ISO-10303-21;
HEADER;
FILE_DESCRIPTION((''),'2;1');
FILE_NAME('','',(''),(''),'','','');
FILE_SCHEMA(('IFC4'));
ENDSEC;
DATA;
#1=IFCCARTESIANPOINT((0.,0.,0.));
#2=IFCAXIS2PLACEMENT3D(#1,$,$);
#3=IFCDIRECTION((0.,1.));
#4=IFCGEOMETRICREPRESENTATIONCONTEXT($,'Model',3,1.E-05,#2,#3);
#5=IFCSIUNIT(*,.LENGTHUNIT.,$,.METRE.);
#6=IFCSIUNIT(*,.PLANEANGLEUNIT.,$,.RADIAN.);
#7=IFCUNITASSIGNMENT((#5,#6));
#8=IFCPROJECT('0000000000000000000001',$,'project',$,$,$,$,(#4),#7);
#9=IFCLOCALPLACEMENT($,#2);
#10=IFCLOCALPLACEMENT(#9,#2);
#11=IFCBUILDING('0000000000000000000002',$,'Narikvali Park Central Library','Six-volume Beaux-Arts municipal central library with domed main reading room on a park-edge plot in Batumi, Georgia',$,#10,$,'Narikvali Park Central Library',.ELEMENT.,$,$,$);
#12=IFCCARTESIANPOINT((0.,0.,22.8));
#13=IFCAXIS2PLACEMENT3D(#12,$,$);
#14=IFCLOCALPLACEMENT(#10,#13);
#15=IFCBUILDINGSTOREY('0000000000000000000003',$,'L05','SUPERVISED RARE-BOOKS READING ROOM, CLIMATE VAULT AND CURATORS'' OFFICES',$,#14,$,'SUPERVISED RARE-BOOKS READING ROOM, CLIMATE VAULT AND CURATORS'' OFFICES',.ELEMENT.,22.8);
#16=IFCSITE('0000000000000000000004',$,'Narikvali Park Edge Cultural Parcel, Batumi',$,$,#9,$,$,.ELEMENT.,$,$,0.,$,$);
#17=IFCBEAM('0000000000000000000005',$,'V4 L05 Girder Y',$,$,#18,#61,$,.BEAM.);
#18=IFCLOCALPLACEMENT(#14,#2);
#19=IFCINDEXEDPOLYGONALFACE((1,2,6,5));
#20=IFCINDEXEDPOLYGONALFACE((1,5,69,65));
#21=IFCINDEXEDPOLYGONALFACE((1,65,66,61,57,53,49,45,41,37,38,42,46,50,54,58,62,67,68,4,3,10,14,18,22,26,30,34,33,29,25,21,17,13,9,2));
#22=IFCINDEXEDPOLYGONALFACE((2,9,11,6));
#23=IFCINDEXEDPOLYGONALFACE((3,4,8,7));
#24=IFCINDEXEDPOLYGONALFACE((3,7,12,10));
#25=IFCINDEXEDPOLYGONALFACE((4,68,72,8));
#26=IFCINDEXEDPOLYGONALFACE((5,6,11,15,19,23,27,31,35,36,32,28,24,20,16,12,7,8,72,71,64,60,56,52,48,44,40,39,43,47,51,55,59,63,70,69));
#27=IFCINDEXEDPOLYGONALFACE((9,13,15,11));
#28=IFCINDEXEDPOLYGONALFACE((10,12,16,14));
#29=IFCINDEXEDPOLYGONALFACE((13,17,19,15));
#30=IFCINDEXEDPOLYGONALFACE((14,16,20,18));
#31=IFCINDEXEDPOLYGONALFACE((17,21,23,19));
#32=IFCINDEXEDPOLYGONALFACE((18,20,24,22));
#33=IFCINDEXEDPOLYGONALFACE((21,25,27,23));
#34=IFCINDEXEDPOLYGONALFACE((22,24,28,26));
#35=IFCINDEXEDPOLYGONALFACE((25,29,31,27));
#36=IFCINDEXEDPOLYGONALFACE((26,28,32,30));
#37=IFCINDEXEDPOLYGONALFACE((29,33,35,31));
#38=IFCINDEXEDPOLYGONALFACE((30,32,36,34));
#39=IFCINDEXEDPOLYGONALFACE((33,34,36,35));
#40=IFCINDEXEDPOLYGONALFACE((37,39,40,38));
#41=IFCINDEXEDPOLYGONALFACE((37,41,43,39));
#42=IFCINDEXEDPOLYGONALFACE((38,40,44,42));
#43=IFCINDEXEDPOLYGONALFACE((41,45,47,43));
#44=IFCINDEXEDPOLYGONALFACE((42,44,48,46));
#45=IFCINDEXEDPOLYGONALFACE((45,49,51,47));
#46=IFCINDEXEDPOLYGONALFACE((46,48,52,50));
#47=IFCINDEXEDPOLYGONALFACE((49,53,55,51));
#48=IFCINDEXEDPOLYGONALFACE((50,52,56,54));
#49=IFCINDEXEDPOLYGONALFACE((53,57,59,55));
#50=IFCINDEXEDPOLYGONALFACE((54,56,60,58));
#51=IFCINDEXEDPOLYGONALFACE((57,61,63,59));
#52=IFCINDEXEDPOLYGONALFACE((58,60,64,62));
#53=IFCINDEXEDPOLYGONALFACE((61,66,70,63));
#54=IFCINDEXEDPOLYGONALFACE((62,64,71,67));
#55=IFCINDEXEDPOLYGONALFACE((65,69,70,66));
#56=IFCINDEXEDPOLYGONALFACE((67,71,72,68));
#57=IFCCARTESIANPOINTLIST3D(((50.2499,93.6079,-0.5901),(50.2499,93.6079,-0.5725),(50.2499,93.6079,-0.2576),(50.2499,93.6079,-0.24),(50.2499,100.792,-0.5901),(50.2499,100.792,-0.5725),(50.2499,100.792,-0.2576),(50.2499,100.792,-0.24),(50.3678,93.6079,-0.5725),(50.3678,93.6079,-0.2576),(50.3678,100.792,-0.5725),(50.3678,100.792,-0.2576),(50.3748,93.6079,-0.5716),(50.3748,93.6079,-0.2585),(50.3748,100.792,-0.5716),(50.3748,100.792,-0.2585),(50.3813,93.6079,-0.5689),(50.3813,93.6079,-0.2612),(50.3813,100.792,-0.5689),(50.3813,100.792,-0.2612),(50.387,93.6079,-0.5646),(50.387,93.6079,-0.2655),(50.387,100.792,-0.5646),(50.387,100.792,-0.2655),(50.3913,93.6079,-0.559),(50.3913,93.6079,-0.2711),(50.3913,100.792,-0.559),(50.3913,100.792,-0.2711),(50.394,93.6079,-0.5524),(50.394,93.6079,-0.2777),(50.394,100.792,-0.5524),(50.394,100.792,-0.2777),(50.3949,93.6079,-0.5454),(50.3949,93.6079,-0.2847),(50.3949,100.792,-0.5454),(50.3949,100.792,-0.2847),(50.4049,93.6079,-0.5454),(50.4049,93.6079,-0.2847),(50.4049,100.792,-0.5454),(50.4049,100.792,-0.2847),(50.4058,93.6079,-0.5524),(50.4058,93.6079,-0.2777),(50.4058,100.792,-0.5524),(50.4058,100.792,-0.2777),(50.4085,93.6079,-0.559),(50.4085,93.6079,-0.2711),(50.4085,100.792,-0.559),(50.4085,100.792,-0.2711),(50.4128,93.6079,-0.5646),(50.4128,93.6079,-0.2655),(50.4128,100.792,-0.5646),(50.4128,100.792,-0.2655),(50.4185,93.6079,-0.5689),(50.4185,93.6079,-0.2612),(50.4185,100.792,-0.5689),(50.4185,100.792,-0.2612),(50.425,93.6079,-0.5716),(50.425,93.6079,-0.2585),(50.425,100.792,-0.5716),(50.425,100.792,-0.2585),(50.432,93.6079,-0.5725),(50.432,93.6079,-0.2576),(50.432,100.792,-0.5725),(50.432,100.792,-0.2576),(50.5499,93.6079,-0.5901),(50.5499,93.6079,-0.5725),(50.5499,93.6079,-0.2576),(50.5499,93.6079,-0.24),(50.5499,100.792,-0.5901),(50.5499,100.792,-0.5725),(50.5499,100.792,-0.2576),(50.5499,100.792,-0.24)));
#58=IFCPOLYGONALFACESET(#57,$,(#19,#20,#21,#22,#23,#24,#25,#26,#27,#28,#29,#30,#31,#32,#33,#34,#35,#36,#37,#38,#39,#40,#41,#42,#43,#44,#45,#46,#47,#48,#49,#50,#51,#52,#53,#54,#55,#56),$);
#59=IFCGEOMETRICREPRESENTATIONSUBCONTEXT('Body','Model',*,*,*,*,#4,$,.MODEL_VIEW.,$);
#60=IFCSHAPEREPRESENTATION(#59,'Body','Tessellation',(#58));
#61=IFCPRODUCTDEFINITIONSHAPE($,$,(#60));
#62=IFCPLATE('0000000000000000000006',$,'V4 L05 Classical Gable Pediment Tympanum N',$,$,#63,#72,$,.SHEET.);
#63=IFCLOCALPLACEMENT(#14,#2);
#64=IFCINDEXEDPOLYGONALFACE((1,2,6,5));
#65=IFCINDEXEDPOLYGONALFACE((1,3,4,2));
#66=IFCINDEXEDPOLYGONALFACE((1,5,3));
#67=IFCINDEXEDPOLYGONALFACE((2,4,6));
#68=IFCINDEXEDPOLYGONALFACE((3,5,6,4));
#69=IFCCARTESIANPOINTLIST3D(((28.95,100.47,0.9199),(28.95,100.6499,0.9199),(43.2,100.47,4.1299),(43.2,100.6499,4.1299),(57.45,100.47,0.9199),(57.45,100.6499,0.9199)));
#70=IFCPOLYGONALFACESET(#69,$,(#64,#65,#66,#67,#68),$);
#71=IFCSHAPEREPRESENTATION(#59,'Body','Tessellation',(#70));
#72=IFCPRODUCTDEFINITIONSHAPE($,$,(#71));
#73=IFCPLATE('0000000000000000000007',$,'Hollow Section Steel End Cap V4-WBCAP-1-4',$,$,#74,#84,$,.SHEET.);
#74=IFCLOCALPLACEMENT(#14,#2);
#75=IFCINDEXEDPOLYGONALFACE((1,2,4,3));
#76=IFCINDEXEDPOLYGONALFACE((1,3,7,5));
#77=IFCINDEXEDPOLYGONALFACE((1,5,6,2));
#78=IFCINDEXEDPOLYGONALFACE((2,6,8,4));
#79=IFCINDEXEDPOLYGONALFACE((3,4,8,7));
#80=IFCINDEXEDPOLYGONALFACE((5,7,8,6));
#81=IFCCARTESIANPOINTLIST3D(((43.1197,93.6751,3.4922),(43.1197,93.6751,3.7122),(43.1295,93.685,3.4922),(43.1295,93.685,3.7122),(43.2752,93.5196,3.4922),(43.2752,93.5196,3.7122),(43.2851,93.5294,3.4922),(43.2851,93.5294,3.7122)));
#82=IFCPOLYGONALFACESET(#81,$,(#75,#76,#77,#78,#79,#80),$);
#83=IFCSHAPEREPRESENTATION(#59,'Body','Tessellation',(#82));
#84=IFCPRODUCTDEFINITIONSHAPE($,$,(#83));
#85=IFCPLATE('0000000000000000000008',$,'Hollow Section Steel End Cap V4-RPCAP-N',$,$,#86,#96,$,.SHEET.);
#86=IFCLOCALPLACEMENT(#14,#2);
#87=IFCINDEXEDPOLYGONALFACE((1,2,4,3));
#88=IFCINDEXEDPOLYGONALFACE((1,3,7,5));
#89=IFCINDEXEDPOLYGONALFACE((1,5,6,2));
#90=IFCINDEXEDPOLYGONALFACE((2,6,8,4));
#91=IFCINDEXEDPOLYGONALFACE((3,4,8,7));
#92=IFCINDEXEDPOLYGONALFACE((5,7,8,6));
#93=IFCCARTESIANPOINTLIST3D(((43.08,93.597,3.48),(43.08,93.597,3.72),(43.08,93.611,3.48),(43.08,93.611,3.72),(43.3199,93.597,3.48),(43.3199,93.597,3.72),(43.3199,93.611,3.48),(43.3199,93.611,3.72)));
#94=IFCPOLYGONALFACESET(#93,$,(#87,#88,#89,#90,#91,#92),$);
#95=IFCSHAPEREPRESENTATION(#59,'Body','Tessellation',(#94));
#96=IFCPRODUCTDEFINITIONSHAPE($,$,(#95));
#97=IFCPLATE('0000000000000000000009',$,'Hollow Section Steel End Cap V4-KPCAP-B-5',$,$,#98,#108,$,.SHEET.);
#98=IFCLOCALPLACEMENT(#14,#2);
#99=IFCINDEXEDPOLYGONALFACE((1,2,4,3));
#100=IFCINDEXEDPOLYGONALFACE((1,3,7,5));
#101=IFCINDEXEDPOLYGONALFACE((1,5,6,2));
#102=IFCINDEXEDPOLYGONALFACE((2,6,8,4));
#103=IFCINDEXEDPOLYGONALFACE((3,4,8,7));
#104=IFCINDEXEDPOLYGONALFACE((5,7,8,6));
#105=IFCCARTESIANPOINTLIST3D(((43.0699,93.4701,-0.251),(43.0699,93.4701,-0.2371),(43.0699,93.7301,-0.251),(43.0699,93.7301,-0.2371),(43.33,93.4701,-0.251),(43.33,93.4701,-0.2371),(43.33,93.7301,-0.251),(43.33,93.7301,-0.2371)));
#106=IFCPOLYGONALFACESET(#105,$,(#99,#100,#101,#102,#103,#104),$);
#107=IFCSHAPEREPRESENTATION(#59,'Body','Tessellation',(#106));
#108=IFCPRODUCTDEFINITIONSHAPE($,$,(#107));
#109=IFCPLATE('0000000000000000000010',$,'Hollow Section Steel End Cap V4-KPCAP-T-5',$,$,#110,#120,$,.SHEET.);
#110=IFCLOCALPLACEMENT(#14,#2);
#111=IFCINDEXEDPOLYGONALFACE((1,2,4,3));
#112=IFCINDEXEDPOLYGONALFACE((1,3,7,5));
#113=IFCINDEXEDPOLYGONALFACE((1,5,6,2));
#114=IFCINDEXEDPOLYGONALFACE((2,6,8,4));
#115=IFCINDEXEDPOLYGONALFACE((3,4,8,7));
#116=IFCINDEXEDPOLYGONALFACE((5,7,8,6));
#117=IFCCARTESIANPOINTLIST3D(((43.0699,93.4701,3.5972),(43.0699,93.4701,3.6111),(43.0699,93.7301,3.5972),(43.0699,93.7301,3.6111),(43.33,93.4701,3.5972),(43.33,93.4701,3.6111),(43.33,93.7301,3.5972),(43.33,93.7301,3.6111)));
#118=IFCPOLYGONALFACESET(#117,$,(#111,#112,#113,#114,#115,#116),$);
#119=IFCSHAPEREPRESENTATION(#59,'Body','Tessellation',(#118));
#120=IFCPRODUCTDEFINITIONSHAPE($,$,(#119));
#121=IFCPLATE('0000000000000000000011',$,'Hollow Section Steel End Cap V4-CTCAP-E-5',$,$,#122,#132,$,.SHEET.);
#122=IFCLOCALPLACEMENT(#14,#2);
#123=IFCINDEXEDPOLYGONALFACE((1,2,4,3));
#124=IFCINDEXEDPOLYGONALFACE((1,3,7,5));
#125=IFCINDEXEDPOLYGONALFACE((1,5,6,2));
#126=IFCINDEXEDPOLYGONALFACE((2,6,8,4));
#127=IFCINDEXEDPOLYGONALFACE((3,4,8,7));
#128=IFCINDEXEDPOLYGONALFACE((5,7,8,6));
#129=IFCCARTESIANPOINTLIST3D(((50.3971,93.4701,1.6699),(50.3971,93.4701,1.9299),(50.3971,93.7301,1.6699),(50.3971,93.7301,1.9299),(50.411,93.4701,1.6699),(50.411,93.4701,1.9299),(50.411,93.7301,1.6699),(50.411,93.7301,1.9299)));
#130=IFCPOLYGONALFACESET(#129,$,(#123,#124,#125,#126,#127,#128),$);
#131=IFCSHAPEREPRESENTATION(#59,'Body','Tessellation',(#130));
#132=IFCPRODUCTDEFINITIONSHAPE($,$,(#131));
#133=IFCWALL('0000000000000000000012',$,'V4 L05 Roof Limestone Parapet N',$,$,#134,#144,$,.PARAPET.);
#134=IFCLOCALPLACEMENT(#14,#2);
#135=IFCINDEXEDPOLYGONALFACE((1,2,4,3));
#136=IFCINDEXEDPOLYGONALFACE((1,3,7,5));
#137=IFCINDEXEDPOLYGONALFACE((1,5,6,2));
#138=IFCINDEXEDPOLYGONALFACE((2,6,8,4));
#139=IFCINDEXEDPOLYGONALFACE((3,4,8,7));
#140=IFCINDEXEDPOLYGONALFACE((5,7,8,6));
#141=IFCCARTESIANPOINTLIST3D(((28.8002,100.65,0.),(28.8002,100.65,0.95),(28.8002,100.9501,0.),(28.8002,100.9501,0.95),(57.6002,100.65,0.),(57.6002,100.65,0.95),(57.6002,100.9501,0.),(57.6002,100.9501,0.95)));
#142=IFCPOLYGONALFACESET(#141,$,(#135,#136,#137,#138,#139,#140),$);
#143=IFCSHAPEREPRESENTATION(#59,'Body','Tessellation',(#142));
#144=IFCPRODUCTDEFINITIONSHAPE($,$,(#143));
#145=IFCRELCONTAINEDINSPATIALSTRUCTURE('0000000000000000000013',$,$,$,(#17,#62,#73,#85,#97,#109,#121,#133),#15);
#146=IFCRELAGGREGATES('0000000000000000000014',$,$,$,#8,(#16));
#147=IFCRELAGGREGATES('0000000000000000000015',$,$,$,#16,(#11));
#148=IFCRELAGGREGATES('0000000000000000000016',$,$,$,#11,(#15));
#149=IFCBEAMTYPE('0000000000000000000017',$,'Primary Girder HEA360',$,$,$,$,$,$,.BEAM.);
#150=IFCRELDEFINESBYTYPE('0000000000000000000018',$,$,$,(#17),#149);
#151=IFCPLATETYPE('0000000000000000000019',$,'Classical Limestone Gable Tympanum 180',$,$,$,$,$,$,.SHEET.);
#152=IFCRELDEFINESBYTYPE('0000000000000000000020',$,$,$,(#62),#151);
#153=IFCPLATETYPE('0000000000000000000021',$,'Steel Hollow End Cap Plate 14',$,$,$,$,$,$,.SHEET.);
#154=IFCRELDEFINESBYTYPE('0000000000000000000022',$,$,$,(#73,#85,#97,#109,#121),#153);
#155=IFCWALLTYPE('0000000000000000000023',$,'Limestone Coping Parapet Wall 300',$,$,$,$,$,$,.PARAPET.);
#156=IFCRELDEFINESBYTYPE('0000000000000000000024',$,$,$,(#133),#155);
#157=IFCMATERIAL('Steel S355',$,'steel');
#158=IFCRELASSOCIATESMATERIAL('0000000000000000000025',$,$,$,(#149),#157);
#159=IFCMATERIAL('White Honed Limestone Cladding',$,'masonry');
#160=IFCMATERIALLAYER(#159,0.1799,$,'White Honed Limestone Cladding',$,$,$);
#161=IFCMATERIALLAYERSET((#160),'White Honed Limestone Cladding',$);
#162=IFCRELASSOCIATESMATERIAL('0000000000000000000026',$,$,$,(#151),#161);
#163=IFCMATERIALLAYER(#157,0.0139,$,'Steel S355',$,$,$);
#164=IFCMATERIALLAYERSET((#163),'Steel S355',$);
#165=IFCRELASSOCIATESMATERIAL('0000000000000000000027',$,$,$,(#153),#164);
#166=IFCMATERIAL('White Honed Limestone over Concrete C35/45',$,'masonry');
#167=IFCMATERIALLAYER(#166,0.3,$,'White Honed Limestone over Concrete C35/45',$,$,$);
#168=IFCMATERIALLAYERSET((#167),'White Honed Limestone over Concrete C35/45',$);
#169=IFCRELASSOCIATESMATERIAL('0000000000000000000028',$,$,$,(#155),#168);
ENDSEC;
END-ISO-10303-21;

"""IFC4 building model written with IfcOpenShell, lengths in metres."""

from ifc_helpers import new_model, si_unit, direction, frame, frame_2d, origin, origin_2d, place, context, subcontext, project, spatial, polyline, rectangle, i_section, outline, extrude, material, layer, layer_set, material_profile, profile_set, type_object, element, save


model = new_model("IFC4")

# Units and contexts
model_context = context("Model", 3, precision=1e-05, world=origin(), true_north=direction((0.0, 1.0)))
body_context = subcontext(model_context, "Body", "Model", "MODEL_VIEW")
ifc_project = project(units=[si_unit("LENGTHUNIT", "METRE"), si_unit("PLANEANGLEUNIT", "RADIAN")], contexts=[model_context])

# Site, building, storey
site_placement = place(None, origin())
site = spatial("IfcSite", under=ifc_project, at=site_placement, Name="Narikvali Park Edge Cultural Parcel, Batumi", CompositionType="ELEMENT", RefElevation=0.0)
building_placement = place(site_placement, origin())
building = spatial("IfcBuilding", under=site, at=building_placement, Name="Narikvali Park Central Library", Description="Six-volume Beaux-Arts municipal central library with domed main reading room on a park-edge plot in Batumi, Georgia", LongName="Narikvali Park Central Library", CompositionType="ELEMENT")
storey_placement = place(building_placement, frame((0.0, 0.0, 22.8)))
storey = spatial("IfcBuildingStorey", under=building, at=storey_placement, Name="L05", Description="SUPERVISED RARE-BOOKS READING ROOM, CLIMATE VAULT AND CURATORS' OFFICES", LongName="SUPERVISED RARE-BOOKS READING ROOM, CLIMATE VAULT AND CURATORS' OFFICES", CompositionType="ELEMENT", Elevation=22.8)

# Shared definitions
ifc_material_1 = material(Name="Steel S355", Category="steel")

# Beam
ifc_material_profile_1 = material_profile(ifc_material_1, i_section(OverallWidth=0.3, OverallDepth=0.3501, WebThickness=0.01, FlangeThickness=0.0176, FilletRadius=0.0271, at=origin_2d()), Name="HEA 360")
ifc_profile_set_1 = profile_set([ifc_material_profile_1], Name="Steel S355")
beam_type_1 = type_object("IfcBeamType", Name="Primary Girder HEA360", PredefinedType="BEAM", material=ifc_profile_set_1)
for number, where, z_axis, x_axis, name in (
    (1, (50.3999, 93.6079, -0.415), (0.0, 1.0, 0.0), (-1.0, 0.0, 0.0), "V4 L05 Girder Y"),
):
    element("IfcBeam", number, at=place(storey_placement, frame(where, z_axis=z_axis, x_axis=x_axis)), inside=storey, type_object=beam_type_1, Name=name, PredefinedType="BEAM", context=body_context, shape_type="SweptSolid", body=[
        extrude(i_section(OverallWidth=0.3, OverallDepth=0.3501, WebThickness=0.01, FlangeThickness=0.0176, FilletRadius=0.0271, at=origin_2d()), origin(), (0.0, 0.0, 1.0), 7.1841),
    ])

# Plates
ifc_material_2 = material(Name="White Honed Limestone Cladding", Category="masonry")
ifc_layer_1 = layer(ifc_material_2, 0.1799, Name="White Honed Limestone Cladding")
ifc_layer_set_1 = layer_set([ifc_layer_1], Name="White Honed Limestone Cladding")
plate_type_1 = type_object("IfcPlateType", Name="Classical Limestone Gable Tympanum 180", PredefinedType="SHEET", material=ifc_layer_set_1)
plate_1_placement = place(storey_placement, frame((57.45, 100.6499, 0.9199), z_axis=(0.0, 1.0, 0.0), x_axis=(-1.0, 0.0, 0.0)))
element("IfcPlate", 2, at=plate_1_placement, inside=storey, type_object=plate_type_1, Name="V4 L05 Classical Gable Pediment Tympanum N", PredefinedType="SHEET", context=body_context, shape_type="SweptSolid", body=[
    extrude(outline(polyline([(0.0, 0.0), (28.5, 0.0), (14.25, 3.21), (0.0, 0.0)])), origin(), (0.0, 0.0, -1.0), 0.1799),
])
ifc_layer_2 = layer(ifc_material_1, 0.0139, Name="Steel S355")
ifc_layer_set_2 = layer_set([ifc_layer_2], Name="Steel S355")
plate_type_2 = type_object("IfcPlateType", Name="Steel Hollow End Cap Plate 14", PredefinedType="SHEET", material=ifc_layer_set_2)
plate_2_placement = place(storey_placement, frame((43.2024, 93.6023, 3.4922), z_axis=(0.0, 0.0, 1.0), x_axis=(0.707107, -0.707107, 0.0)))
element("IfcPlate", 3, at=plate_2_placement, inside=storey, type_object=plate_type_2, Name="Hollow Section Steel End Cap V4-WBCAP-1-4", PredefinedType="SHEET", context=body_context, shape_type="SweptSolid", body=[
    extrude(rectangle(XDim=0.22, YDim=0.0139, at=origin_2d()), origin(), (0.0, 0.0, 1.0), 0.22),
])
plate_3_placement = place(storey_placement, frame((43.2, 93.604, 3.48), z_axis=(0.0, 0.0, 1.0), x_axis=(1.0, 0.0, 0.0)))
element("IfcPlate", 4, at=plate_3_placement, inside=storey, type_object=plate_type_2, Name="Hollow Section Steel End Cap V4-RPCAP-N", PredefinedType="SHEET", context=body_context, shape_type="SweptSolid", body=[
    extrude(rectangle(XDim=0.24, YDim=0.0139, at=origin_2d()), origin(), (0.0, 0.0, 1.0), 0.24),
])
for number, where, z_axis, x_axis, name in (
    (5, (43.2, 93.6001, -0.251), (0.0, 0.0, 1.0), (1.0, 0.0, 0.0), "Hollow Section Steel End Cap V4-KPCAP-B-5"),
    (6, (43.2, 93.6001, 3.5972), (0.0, 0.0, 1.0), (1.0, 0.0, 0.0), "Hollow Section Steel End Cap V4-KPCAP-T-5"),
):
    element("IfcPlate", number, at=place(storey_placement, frame(where, z_axis=z_axis, x_axis=x_axis)), inside=storey, type_object=plate_type_2, Name=name, PredefinedType="SHEET", context=body_context, shape_type="SweptSolid", body=[
        extrude(rectangle(XDim=0.26, YDim=0.26, at=origin_2d()), origin(), (0.0, 0.0, 1.0), 0.0139),
    ])
plate_4_placement = place(storey_placement, frame((50.4041, 93.6001, 1.6699), z_axis=(0.0, 0.0, 1.0), x_axis=(1.0, 0.0, 0.0)))
element("IfcPlate", 7, at=plate_4_placement, inside=storey, type_object=plate_type_2, Name="Hollow Section Steel End Cap V4-CTCAP-E-5", PredefinedType="SHEET", context=body_context, shape_type="SweptSolid", body=[
    extrude(rectangle(XDim=0.0139, YDim=0.26, at=origin_2d()), origin(), (0.0, 0.0, 1.0), 0.26),
])

# Wall
ifc_material_3 = material(Name="White Honed Limestone over Concrete C35/45", Category="masonry")
ifc_layer_3 = layer(ifc_material_3, 0.3, Name="White Honed Limestone over Concrete C35/45")
ifc_layer_set_3 = layer_set([ifc_layer_3], Name="White Honed Limestone over Concrete C35/45")
wall_type = type_object("IfcWallType", Name="Limestone Coping Parapet Wall 300", PredefinedType="PARAPET", material=ifc_layer_set_3)
wall_placement = place(storey_placement, frame((57.6001, 100.8, 0.0), z_axis=(0.0, 0.0, 1.0), x_axis=(-1.0, 0.0, 0.0)))
element("IfcWall", 8, at=wall_placement, inside=storey, type_object=wall_type, Name="V4 L05 Roof Limestone Parapet N", PredefinedType="PARAPET", context=body_context, shape_type="SweptSolid", body=[
    extrude(rectangle(XDim=28.8, YDim=0.3, at=frame_2d((14.3999, 0.0))), origin(), (0.0, 0.0, 1.0), 0.95),
])

save(model, "model.ifc")
